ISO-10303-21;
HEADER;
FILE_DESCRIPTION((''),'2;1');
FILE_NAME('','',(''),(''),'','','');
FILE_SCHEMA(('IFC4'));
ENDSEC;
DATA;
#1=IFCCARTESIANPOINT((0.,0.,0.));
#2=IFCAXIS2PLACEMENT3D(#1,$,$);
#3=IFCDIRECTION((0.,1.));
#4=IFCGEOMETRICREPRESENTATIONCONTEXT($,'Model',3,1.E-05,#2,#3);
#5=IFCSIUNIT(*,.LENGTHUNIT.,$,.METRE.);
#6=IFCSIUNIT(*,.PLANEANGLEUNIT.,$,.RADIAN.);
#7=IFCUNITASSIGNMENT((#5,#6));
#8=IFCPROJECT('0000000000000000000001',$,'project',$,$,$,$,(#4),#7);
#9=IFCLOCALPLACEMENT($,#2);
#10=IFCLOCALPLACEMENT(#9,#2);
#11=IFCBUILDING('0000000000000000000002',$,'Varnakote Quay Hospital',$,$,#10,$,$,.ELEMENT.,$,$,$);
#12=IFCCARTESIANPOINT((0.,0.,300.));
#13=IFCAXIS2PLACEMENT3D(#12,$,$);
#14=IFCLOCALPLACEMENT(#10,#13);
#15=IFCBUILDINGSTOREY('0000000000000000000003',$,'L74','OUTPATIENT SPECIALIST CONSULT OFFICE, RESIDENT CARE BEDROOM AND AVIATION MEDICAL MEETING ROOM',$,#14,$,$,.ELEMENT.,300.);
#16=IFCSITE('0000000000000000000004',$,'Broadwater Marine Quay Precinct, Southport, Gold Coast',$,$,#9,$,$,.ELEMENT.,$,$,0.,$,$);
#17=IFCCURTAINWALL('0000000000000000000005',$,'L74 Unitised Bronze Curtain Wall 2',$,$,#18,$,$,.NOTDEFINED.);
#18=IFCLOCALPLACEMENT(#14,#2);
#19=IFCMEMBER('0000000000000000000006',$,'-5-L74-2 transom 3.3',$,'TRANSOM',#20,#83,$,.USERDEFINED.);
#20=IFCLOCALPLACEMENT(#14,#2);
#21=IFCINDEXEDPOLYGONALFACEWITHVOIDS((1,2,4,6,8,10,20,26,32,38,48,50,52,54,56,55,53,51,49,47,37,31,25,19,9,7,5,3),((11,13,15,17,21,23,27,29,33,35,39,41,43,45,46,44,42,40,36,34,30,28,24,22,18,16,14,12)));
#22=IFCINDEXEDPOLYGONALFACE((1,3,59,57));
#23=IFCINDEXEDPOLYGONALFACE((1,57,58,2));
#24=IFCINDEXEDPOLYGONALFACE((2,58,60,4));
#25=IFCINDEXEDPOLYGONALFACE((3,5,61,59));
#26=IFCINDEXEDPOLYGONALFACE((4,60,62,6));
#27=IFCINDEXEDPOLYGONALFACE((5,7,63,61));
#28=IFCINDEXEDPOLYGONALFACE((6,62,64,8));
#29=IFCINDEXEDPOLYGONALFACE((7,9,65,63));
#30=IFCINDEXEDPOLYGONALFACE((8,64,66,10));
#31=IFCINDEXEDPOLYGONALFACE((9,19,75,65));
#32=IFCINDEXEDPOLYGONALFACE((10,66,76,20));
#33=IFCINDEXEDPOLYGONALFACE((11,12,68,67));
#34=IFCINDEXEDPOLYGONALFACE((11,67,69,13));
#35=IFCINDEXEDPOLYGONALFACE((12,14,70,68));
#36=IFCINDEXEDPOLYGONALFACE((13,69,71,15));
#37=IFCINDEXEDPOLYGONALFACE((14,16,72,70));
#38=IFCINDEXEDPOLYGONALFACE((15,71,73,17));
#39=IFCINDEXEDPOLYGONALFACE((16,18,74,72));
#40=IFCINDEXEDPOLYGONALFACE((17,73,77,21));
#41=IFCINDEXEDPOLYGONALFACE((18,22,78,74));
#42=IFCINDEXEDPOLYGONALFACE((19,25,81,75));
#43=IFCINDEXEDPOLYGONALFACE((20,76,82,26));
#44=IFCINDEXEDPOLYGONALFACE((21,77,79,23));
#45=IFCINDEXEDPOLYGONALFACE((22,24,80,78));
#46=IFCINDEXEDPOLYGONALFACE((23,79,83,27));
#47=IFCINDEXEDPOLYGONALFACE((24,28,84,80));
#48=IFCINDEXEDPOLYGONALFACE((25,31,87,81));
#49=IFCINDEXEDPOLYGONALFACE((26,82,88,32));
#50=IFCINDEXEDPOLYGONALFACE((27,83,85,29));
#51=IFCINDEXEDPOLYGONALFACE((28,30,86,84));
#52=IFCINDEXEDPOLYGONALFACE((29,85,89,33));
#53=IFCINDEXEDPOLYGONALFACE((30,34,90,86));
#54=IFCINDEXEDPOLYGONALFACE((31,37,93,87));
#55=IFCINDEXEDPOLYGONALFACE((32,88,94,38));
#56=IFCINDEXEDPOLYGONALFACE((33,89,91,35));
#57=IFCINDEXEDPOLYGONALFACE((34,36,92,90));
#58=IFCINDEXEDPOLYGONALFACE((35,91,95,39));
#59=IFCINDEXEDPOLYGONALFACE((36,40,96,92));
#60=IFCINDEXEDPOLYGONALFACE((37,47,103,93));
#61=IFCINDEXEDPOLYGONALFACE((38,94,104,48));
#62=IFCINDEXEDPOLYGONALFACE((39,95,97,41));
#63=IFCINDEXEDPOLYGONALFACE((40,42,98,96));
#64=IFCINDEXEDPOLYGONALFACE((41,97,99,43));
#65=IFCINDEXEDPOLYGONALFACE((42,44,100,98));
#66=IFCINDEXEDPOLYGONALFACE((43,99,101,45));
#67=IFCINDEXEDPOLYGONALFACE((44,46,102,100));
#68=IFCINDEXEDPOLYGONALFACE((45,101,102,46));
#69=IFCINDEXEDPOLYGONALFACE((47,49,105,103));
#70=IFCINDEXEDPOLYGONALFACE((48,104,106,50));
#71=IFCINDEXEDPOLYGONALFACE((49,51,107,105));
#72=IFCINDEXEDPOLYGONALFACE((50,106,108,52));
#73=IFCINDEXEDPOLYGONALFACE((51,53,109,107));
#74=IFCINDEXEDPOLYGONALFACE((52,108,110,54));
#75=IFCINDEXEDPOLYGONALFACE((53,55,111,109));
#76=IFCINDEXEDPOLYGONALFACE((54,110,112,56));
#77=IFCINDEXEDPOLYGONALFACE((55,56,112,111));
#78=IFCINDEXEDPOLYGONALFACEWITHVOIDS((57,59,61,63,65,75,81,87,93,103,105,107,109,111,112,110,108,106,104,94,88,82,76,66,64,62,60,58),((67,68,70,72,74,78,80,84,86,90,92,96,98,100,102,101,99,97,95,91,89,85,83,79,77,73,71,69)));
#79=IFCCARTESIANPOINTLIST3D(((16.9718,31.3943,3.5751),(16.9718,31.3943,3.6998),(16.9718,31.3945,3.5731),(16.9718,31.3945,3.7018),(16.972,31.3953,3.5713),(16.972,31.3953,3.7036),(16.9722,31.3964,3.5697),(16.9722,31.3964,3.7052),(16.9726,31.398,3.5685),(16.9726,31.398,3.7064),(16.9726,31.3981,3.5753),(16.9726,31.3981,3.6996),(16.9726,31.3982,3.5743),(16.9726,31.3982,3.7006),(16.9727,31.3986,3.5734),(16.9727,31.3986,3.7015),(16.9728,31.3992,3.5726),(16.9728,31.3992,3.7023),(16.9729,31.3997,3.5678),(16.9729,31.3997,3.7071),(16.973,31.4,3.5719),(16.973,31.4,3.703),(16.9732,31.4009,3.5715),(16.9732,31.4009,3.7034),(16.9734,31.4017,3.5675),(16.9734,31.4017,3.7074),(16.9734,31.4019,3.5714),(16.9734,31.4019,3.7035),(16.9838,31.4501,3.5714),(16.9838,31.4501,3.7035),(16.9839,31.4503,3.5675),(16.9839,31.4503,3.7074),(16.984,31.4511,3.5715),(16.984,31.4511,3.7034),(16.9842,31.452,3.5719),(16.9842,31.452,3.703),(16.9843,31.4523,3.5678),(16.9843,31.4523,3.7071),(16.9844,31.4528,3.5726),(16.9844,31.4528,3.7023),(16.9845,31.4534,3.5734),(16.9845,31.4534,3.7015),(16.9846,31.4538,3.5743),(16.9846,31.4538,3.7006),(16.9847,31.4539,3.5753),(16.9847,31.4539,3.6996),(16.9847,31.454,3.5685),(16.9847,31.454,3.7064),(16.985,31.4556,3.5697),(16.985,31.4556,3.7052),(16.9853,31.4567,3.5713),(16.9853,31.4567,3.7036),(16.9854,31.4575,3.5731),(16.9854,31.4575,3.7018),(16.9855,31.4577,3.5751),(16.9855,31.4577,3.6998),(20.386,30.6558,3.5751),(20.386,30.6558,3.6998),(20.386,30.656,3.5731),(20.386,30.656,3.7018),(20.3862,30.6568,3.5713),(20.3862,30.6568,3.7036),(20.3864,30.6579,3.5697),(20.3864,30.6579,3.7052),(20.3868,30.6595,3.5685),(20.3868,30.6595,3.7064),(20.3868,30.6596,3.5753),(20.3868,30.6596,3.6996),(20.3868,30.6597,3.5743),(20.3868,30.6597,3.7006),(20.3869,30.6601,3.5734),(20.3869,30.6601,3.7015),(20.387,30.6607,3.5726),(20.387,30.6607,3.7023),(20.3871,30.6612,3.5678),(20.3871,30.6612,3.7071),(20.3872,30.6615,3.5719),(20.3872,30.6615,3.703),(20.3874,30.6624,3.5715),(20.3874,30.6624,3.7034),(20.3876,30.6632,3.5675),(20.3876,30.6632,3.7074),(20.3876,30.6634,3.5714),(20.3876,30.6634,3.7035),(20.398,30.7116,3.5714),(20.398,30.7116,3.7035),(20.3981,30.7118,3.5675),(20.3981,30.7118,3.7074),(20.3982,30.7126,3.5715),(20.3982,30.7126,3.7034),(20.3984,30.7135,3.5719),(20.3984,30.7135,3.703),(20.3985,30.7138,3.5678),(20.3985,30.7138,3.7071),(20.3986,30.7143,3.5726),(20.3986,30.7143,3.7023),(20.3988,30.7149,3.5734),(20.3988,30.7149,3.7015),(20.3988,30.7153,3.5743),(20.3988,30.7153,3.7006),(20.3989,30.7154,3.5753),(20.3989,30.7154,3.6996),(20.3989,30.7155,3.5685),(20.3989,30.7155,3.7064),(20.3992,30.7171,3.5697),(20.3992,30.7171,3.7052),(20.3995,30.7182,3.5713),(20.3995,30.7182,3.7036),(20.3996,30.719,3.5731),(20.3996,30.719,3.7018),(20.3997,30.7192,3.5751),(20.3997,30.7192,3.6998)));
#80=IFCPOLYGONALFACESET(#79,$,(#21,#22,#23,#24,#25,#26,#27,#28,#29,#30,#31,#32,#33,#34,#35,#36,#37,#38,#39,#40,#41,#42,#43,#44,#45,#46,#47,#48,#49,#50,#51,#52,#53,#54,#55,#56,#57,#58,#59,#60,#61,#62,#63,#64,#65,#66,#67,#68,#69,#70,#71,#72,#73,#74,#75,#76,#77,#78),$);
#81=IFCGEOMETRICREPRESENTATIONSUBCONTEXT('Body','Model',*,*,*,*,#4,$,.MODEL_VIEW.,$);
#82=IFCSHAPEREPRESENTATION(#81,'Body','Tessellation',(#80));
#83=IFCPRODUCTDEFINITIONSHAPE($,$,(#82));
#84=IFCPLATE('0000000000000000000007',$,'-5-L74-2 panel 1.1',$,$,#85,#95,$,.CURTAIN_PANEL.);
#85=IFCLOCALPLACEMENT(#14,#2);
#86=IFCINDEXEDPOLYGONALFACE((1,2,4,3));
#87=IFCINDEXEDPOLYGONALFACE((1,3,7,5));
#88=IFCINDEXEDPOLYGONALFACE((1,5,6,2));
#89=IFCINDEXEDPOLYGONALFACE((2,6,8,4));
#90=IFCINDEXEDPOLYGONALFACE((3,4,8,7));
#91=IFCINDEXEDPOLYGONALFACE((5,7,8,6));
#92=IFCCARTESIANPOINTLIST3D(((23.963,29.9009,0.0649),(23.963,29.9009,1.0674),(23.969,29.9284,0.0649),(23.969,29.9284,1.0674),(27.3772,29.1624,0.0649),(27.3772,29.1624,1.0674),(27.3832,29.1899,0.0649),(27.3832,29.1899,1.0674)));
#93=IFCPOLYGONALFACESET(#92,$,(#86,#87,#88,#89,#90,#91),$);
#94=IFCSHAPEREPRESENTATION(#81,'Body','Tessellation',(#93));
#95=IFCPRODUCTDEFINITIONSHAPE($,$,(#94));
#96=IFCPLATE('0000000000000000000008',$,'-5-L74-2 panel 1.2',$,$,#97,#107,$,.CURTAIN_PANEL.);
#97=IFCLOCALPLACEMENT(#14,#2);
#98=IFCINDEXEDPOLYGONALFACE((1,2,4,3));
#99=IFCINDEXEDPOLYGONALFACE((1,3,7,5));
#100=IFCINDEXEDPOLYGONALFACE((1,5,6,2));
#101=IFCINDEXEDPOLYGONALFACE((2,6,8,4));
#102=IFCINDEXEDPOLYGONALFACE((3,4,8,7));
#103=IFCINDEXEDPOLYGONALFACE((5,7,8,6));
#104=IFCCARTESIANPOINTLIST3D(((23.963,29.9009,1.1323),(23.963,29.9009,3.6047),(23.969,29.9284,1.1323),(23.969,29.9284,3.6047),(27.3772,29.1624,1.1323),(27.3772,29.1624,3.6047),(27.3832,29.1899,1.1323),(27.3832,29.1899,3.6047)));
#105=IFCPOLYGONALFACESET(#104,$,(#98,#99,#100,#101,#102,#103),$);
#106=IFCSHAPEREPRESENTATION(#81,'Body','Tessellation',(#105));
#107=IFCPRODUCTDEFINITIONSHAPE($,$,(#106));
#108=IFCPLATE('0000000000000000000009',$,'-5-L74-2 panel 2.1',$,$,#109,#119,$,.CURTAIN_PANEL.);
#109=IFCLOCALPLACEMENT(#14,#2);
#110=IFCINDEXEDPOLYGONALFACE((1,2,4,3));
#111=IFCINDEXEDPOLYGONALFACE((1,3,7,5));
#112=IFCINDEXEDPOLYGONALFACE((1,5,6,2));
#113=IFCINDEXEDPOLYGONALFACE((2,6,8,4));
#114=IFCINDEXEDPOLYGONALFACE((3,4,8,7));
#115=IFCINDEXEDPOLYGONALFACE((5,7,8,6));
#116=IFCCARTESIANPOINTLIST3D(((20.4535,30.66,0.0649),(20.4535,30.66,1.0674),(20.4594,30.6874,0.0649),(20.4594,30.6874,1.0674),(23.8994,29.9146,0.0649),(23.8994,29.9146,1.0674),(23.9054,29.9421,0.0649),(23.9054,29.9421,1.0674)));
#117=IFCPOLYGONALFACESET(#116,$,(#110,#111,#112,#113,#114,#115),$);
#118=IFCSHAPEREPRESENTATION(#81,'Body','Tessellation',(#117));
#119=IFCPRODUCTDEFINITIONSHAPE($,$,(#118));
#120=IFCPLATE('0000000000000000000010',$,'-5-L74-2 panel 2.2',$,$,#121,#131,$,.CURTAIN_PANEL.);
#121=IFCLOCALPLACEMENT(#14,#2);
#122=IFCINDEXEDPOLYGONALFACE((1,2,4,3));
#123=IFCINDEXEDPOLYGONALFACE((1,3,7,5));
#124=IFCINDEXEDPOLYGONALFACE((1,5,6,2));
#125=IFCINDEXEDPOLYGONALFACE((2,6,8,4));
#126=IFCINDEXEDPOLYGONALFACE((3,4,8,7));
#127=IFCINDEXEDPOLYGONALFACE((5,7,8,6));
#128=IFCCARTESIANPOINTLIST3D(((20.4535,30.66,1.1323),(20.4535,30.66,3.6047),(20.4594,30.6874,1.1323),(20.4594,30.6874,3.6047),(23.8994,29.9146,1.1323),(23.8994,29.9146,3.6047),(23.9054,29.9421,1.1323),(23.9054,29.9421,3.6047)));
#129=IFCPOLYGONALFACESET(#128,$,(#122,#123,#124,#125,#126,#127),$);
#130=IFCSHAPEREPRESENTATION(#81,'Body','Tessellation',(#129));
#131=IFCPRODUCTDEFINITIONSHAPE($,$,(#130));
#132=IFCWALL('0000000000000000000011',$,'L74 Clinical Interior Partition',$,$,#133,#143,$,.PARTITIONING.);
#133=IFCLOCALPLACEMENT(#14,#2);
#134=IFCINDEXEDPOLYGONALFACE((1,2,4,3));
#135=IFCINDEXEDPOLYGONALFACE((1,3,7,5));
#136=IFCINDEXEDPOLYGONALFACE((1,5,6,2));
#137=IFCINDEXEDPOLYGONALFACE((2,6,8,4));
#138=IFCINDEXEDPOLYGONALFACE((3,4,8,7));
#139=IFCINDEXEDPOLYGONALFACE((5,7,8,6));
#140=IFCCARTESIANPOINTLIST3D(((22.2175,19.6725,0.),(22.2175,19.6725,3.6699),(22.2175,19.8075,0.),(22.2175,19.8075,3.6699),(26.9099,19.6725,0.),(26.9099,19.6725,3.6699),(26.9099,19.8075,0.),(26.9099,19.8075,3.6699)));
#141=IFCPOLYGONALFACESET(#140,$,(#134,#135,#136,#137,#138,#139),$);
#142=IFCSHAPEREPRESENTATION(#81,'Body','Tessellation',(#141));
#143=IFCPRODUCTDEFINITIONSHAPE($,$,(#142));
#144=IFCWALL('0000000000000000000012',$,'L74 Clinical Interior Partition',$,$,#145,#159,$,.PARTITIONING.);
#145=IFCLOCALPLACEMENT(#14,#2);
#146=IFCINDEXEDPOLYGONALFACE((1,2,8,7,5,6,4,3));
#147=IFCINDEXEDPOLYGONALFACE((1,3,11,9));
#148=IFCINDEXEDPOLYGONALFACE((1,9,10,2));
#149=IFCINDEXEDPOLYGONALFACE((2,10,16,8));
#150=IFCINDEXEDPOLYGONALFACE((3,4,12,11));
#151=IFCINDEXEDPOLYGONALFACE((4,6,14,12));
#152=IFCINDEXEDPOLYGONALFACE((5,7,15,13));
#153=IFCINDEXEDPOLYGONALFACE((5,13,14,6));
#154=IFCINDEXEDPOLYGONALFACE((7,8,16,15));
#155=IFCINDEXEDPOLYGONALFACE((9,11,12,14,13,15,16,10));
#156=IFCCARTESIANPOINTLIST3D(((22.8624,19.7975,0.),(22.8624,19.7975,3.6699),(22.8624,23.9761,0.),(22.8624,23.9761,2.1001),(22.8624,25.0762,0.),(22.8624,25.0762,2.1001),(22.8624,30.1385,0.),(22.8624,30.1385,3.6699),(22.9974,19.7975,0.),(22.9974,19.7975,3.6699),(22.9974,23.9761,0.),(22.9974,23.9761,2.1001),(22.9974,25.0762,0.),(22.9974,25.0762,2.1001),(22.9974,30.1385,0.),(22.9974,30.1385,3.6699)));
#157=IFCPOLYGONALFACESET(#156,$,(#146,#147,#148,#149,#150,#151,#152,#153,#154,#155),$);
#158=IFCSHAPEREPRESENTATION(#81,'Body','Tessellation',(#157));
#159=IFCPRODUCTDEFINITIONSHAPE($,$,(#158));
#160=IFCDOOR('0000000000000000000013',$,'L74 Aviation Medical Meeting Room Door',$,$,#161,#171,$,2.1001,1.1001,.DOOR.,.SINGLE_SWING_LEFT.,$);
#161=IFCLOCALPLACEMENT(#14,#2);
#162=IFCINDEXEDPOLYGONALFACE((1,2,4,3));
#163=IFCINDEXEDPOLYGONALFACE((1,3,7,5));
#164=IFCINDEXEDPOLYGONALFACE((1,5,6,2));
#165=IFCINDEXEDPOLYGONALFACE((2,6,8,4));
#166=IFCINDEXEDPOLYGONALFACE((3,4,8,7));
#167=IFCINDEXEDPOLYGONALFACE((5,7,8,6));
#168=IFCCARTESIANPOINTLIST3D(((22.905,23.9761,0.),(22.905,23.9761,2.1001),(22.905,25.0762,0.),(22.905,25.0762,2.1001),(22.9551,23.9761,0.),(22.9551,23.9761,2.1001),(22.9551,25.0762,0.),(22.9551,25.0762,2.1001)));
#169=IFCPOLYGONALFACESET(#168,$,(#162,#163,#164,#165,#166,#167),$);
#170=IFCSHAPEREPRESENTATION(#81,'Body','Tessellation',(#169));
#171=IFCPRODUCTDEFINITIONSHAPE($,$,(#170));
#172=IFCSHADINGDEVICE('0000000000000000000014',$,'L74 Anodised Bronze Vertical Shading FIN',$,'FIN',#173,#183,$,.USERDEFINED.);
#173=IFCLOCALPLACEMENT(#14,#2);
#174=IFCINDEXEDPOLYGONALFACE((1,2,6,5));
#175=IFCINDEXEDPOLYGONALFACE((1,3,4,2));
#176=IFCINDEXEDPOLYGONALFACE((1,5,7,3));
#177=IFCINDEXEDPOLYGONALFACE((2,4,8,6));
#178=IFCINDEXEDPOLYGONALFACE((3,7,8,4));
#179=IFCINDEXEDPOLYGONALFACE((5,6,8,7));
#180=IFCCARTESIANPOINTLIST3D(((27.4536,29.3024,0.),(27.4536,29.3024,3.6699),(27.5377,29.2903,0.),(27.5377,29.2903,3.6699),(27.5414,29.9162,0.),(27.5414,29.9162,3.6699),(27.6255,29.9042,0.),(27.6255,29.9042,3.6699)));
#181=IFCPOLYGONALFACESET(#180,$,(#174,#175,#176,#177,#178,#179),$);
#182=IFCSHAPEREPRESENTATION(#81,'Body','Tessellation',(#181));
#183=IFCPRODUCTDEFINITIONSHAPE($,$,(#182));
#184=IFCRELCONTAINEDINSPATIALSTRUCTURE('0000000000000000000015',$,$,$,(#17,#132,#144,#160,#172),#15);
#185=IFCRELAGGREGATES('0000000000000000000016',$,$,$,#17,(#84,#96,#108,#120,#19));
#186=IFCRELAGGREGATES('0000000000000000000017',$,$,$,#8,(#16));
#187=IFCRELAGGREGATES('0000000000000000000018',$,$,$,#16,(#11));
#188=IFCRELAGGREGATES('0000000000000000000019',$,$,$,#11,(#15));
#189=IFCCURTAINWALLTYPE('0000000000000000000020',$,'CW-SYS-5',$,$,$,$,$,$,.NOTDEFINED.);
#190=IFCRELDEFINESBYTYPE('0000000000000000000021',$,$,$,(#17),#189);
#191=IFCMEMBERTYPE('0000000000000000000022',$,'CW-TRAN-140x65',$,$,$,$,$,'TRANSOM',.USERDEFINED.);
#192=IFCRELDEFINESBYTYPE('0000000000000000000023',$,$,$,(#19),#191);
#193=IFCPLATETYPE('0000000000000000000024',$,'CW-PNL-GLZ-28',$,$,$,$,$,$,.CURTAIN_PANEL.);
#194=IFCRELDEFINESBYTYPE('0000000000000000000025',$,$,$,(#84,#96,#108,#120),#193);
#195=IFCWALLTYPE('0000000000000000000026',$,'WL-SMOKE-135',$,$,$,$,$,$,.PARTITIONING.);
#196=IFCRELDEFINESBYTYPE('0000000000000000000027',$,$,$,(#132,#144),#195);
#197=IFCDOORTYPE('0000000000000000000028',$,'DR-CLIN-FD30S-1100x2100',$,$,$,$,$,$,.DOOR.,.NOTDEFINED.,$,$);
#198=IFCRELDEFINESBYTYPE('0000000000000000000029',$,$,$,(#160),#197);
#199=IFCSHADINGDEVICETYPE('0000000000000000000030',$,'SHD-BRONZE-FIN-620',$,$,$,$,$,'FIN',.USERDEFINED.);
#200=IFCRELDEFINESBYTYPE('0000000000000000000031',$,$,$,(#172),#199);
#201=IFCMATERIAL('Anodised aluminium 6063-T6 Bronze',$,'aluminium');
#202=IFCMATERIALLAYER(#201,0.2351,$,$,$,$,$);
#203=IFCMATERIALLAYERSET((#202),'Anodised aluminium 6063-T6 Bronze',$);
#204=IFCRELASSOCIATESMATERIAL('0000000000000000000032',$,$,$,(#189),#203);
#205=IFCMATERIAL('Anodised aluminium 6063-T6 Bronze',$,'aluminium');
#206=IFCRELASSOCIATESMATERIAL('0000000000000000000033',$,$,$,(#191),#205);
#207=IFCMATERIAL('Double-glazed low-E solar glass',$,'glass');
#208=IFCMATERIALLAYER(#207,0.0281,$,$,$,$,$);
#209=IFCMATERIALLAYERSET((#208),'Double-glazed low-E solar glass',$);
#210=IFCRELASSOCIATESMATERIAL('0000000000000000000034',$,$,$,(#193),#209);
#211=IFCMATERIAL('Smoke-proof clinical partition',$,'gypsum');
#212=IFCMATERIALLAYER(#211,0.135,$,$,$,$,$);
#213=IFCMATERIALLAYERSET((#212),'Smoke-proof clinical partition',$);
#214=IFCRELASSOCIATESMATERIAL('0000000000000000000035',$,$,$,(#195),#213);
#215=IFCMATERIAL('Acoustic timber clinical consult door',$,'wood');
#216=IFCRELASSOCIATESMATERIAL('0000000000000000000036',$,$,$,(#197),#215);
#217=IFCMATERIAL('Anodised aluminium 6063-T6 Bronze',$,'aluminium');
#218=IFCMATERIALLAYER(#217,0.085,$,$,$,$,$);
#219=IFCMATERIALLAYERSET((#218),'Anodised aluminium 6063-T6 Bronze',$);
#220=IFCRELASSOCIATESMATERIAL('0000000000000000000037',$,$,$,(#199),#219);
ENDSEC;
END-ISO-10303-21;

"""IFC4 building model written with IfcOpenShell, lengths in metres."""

from ifc_helpers import new_model, si_unit, direction, frame, frame_2d, origin, origin_2d, place, context, subcontext, project, spatial, rectangle, hollow_rectangle, extrude, material, layer, layer_set, material_profile, profile_set, type_object, element, fill, aggregate, save


model = new_model("IFC4")

# Units and contexts
model_context = context("Model", 3, precision=1e-05, world=origin(), true_north=direction((0.0, 1.0)))
body_context = subcontext(model_context, "Body", "Model", "MODEL_VIEW")
ifc_project = project(units=[si_unit("LENGTHUNIT", "METRE"), si_unit("PLANEANGLEUNIT", "RADIAN")], contexts=[model_context])

# Site, building, storey
site_placement = place(None, origin())
site = spatial("IfcSite", under=ifc_project, at=site_placement, Name="Broadwater Marine Quay Precinct, Southport, Gold Coast", CompositionType="ELEMENT", RefElevation=0.0)
building_placement = place(site_placement, origin())
building = spatial("IfcBuilding", under=site, at=building_placement, Name="Varnakote Quay Hospital", CompositionType="ELEMENT")
storey_placement = place(building_placement, frame((0.0, 0.0, 300.0)))
storey = spatial("IfcBuildingStorey", under=building, at=storey_placement, Name="L74", Description="OUTPATIENT SPECIALIST CONSULT OFFICE, RESIDENT CARE BEDROOM AND AVIATION MEDICAL MEETING ROOM", CompositionType="ELEMENT", Elevation=300.0)

# Shared definitions
ifc_material_1 = material(Name="Anodised aluminium 6063-T6 Bronze", Category="aluminium")
ifc_layer_1 = layer(ifc_material_1, 0.2351)
ifc_layer_set_1 = layer_set([ifc_layer_1], Name="Anodised aluminium 6063-T6 Bronze")
curtain_wall_type = type_object("IfcCurtainWallType", Name="CW-SYS-5", PredefinedType="NOTDEFINED", material=ifc_layer_set_1)

# Curtain wall, member, plates
curtain_wall_1_placement = place(storey_placement, origin())
curtain_wall_1 = element("IfcCurtainWall", 1, at=curtain_wall_1_placement, inside=storey, type_object=curtain_wall_type, Name="L74 Unitised Bronze Curtain Wall 2", PredefinedType="NOTDEFINED")
ifc_material_2 = material(Name="Anodised aluminium 6063-T6 Bronze", Category="aluminium")
ifc_material_profile_1 = material_profile(ifc_material_2, hollow_rectangle(XDim=0.0649, YDim=0.1399, WallThickness=0.0039, InnerFilletRadius=0.0039, OuterFilletRadius=0.0076, at=origin_2d()), Name="CW-TRAN-140x65")
ifc_profile_set_1 = profile_set([ifc_material_profile_1], Name="Anodised aluminium 6063-T6 Bronze")
member_type_1 = type_object("IfcMemberType", Name="CW-TRAN-140x65", ElementType="TRANSOM", PredefinedType="USERDEFINED", material=ifc_profile_set_1)
member_1_placement = place(storey_placement, frame((20.3928, 30.6875, 3.6375), z_axis=(-0.977397, 0.211414, 0.0), x_axis=(-0.211414, -0.977397, 0.0)))
member_1 = element("IfcMember", 2, at=member_1_placement, type_object=member_type_1, Name="-5-L74-2 transom 3.3", ObjectType="TRANSOM", PredefinedType="USERDEFINED", context=body_context, shape_type="SweptSolid", body=[
    extrude(hollow_rectangle(XDim=0.0649, YDim=0.1399, WallThickness=0.0039, InnerFilletRadius=0.0039, OuterFilletRadius=0.0076, at=origin_2d()), origin(), (0.0, 0.0, 1.0), 3.4932),
])
ifc_material_3 = material(Name="Double-glazed low-E solar glass", Category="glass")
ifc_layer_2 = layer(ifc_material_3, 0.0281)
ifc_layer_set_2 = layer_set([ifc_layer_2], Name="Double-glazed low-E solar glass")
plate_type = type_object("IfcPlateType", Name="CW-PNL-GLZ-28", PredefinedType="CURTAIN_PANEL", material=ifc_layer_set_2)
plate_1_placement = place(storey_placement, frame((25.6731, 29.5454, 0.0649), z_axis=(0.0, 0.0, 1.0), x_axis=(-0.977398, 0.211408, 0.0)))
plate_1 = element("IfcPlate", 3, at=plate_1_placement, type_object=plate_type, Name="-5-L74-2 panel 1.1", PredefinedType="CURTAIN_PANEL", context=body_context, shape_type="SweptSolid", body=[
    extrude(rectangle(XDim=3.4932, YDim=0.0281, at=origin_2d()), origin(), (0.0, 0.0, 1.0), 1.0024),
])
plate_2_placement = place(storey_placement, frame((25.6731, 29.5454, 1.1323), z_axis=(0.0, 0.0, 1.0), x_axis=(-0.977398, 0.211408, 0.0)))
plate_2 = element("IfcPlate", 4, at=plate_2_placement, type_object=plate_type, Name="-5-L74-2 panel 1.2", PredefinedType="CURTAIN_PANEL", context=body_context, shape_type="SweptSolid", body=[
    extrude(rectangle(XDim=3.4932, YDim=0.0281, at=origin_2d()), origin(), (0.0, 0.0, 1.0), 2.4724),
])
plate_3_placement = place(storey_placement, frame((22.1794, 30.301, 0.0649), z_axis=(0.0, 0.0, 1.0), x_axis=(-0.977398, 0.211408, 0.0)))
plate_3 = element("IfcPlate", 5, at=plate_3_placement, type_object=plate_type, Name="-5-L74-2 panel 2.1", PredefinedType="CURTAIN_PANEL", context=body_context, shape_type="SweptSolid", body=[
    extrude(rectangle(XDim=3.5256, YDim=0.0281, at=origin_2d()), origin(), (0.0, 0.0, 1.0), 1.0024),
])
plate_4_placement = place(storey_placement, frame((22.1794, 30.301, 1.1323), z_axis=(0.0, 0.0, 1.0), x_axis=(-0.977398, 0.211408, 0.0)))
plate_4 = element("IfcPlate", 6, at=plate_4_placement, type_object=plate_type, Name="-5-L74-2 panel 2.2", PredefinedType="CURTAIN_PANEL", context=body_context, shape_type="SweptSolid", body=[
    extrude(rectangle(XDim=3.5256, YDim=0.0281, at=origin_2d()), origin(), (0.0, 0.0, 1.0), 2.4724),
])
aggregate(curtain_wall_1, [plate_1, plate_2, plate_3, plate_4, member_1])

# Wall
ifc_material_4 = material(Name="Smoke-proof clinical partition", Category="gypsum")
ifc_layer_3 = layer(ifc_material_4, 0.135)
ifc_layer_set_3 = layer_set([ifc_layer_3], Name="Smoke-proof clinical partition")
wall_type = type_object("IfcWallType", Name="WL-SMOKE-135", PredefinedType="PARTITIONING", material=ifc_layer_set_3)
wall_1_placement = place(storey_placement, frame((26.9099, 19.74, 0.0), z_axis=(0.0, 0.0, 1.0), x_axis=(-1.0, 0.0, 0.0)))
element("IfcWall", 7, at=wall_1_placement, inside=storey, type_object=wall_type, Name="L74 Clinical Interior Partition", PredefinedType="PARTITIONING", context=body_context, shape_type="SweptSolid", body=[
    extrude(rectangle(XDim=4.6924, YDim=0.135, at=frame_2d((2.3462, 0.0))), origin(), (0.0, 0.0, 1.0), 3.6699),
])

# Wall, opening, door
wall_2_placement = place(storey_placement, frame((22.9299, 19.7976, 0.0), z_axis=(0.0, 0.0, 1.0), x_axis=(0.0, 1.0, 0.0)))
wall_2 = element("IfcWall", 8, at=wall_2_placement, inside=storey, type_object=wall_type, Name="L74 Clinical Interior Partition", PredefinedType="PARTITIONING", context=body_context, shape_type="SweptSolid", body=[
    extrude(rectangle(XDim=10.3411, YDim=0.135, at=frame_2d((5.1704, 0.0))), origin(), (0.0, 0.0, 1.0), 3.6699),
])
opening_1_placement = place(wall_2_placement, frame((4.1785, 0.0, 0.0)))
opening_1 = element("IfcOpeningElement", 9, at=opening_1_placement, cuts=wall_2, PredefinedType="OPENING", context=body_context, shape_type="SweptSolid", body=[
    extrude(rectangle(XDim=1.1001, YDim=2.1001, at=frame_2d((0.55, 1.05))), frame((0.0, 0.0774, 0.0), z_axis=(0.0, -1.0, 0.0), x_axis=(1.0, 0.0, 0.0)), (0.0, 0.0, 1.0), 0.155),
])
ifc_material_5 = material(Name="Acoustic timber clinical consult door", Category="wood")
door_type_1 = type_object("IfcDoorType", Name="DR-CLIN-FD30S-1100x2100", OperationType="NOTDEFINED", PredefinedType="DOOR", material=ifc_material_5)
door_1_placement = place(opening_1_placement, origin())
door_1 = element("IfcDoor", 10, at=door_1_placement, inside=storey, type_object=door_type_1, Name="L74 Aviation Medical Meeting Room Door", OperationType="SINGLE_SWING_LEFT", OverallHeight=2.1001, OverallWidth=1.1001, PredefinedType="DOOR", context=body_context, shape_type="SweptSolid", body=[
    extrude(rectangle(XDim=1.1001, YDim=2.1001, at=frame_2d((0.55, 1.05))), frame((0.0, 0.0249, 0.0), z_axis=(0.0, -1.0, 0.0), x_axis=(1.0, 0.0, 0.0)), (0.0, 0.0, 1.0), 0.05),
])
fill(opening_1, door_1)

# Shading device
ifc_material_6 = material(Name="Anodised aluminium 6063-T6 Bronze", Category="aluminium")
ifc_layer_4 = layer(ifc_material_6, 0.085)
ifc_layer_set_4 = layer_set([ifc_layer_4], Name="Anodised aluminium 6063-T6 Bronze")
shading_device_type = type_object("IfcShadingDeviceType", Name="SHD-BRONZE-FIN-620", ElementType="FIN", PredefinedType="USERDEFINED", material=ifc_layer_set_4)
for number, where, z_axis, x_axis, name in (
    (11, (27.5396, 29.6033, 0.0), (0.0, 0.0, 1.0), (-0.141592, -0.989925, 0.0), "L74 Anodised Bronze Vertical Shading FIN"),
):
    element("IfcShadingDevice", number, at=place(storey_placement, frame(where, z_axis=z_axis, x_axis=x_axis)), inside=storey, type_object=shading_device_type, Name=name, ObjectType="FIN", PredefinedType="USERDEFINED", context=body_context, shape_type="SweptSolid", body=[
        extrude(rectangle(XDim=0.6201, YDim=0.085, at=origin_2d()), origin(), (0.0, 0.0, 1.0), 3.6699),
    ])

save(model, "model.ifc")
